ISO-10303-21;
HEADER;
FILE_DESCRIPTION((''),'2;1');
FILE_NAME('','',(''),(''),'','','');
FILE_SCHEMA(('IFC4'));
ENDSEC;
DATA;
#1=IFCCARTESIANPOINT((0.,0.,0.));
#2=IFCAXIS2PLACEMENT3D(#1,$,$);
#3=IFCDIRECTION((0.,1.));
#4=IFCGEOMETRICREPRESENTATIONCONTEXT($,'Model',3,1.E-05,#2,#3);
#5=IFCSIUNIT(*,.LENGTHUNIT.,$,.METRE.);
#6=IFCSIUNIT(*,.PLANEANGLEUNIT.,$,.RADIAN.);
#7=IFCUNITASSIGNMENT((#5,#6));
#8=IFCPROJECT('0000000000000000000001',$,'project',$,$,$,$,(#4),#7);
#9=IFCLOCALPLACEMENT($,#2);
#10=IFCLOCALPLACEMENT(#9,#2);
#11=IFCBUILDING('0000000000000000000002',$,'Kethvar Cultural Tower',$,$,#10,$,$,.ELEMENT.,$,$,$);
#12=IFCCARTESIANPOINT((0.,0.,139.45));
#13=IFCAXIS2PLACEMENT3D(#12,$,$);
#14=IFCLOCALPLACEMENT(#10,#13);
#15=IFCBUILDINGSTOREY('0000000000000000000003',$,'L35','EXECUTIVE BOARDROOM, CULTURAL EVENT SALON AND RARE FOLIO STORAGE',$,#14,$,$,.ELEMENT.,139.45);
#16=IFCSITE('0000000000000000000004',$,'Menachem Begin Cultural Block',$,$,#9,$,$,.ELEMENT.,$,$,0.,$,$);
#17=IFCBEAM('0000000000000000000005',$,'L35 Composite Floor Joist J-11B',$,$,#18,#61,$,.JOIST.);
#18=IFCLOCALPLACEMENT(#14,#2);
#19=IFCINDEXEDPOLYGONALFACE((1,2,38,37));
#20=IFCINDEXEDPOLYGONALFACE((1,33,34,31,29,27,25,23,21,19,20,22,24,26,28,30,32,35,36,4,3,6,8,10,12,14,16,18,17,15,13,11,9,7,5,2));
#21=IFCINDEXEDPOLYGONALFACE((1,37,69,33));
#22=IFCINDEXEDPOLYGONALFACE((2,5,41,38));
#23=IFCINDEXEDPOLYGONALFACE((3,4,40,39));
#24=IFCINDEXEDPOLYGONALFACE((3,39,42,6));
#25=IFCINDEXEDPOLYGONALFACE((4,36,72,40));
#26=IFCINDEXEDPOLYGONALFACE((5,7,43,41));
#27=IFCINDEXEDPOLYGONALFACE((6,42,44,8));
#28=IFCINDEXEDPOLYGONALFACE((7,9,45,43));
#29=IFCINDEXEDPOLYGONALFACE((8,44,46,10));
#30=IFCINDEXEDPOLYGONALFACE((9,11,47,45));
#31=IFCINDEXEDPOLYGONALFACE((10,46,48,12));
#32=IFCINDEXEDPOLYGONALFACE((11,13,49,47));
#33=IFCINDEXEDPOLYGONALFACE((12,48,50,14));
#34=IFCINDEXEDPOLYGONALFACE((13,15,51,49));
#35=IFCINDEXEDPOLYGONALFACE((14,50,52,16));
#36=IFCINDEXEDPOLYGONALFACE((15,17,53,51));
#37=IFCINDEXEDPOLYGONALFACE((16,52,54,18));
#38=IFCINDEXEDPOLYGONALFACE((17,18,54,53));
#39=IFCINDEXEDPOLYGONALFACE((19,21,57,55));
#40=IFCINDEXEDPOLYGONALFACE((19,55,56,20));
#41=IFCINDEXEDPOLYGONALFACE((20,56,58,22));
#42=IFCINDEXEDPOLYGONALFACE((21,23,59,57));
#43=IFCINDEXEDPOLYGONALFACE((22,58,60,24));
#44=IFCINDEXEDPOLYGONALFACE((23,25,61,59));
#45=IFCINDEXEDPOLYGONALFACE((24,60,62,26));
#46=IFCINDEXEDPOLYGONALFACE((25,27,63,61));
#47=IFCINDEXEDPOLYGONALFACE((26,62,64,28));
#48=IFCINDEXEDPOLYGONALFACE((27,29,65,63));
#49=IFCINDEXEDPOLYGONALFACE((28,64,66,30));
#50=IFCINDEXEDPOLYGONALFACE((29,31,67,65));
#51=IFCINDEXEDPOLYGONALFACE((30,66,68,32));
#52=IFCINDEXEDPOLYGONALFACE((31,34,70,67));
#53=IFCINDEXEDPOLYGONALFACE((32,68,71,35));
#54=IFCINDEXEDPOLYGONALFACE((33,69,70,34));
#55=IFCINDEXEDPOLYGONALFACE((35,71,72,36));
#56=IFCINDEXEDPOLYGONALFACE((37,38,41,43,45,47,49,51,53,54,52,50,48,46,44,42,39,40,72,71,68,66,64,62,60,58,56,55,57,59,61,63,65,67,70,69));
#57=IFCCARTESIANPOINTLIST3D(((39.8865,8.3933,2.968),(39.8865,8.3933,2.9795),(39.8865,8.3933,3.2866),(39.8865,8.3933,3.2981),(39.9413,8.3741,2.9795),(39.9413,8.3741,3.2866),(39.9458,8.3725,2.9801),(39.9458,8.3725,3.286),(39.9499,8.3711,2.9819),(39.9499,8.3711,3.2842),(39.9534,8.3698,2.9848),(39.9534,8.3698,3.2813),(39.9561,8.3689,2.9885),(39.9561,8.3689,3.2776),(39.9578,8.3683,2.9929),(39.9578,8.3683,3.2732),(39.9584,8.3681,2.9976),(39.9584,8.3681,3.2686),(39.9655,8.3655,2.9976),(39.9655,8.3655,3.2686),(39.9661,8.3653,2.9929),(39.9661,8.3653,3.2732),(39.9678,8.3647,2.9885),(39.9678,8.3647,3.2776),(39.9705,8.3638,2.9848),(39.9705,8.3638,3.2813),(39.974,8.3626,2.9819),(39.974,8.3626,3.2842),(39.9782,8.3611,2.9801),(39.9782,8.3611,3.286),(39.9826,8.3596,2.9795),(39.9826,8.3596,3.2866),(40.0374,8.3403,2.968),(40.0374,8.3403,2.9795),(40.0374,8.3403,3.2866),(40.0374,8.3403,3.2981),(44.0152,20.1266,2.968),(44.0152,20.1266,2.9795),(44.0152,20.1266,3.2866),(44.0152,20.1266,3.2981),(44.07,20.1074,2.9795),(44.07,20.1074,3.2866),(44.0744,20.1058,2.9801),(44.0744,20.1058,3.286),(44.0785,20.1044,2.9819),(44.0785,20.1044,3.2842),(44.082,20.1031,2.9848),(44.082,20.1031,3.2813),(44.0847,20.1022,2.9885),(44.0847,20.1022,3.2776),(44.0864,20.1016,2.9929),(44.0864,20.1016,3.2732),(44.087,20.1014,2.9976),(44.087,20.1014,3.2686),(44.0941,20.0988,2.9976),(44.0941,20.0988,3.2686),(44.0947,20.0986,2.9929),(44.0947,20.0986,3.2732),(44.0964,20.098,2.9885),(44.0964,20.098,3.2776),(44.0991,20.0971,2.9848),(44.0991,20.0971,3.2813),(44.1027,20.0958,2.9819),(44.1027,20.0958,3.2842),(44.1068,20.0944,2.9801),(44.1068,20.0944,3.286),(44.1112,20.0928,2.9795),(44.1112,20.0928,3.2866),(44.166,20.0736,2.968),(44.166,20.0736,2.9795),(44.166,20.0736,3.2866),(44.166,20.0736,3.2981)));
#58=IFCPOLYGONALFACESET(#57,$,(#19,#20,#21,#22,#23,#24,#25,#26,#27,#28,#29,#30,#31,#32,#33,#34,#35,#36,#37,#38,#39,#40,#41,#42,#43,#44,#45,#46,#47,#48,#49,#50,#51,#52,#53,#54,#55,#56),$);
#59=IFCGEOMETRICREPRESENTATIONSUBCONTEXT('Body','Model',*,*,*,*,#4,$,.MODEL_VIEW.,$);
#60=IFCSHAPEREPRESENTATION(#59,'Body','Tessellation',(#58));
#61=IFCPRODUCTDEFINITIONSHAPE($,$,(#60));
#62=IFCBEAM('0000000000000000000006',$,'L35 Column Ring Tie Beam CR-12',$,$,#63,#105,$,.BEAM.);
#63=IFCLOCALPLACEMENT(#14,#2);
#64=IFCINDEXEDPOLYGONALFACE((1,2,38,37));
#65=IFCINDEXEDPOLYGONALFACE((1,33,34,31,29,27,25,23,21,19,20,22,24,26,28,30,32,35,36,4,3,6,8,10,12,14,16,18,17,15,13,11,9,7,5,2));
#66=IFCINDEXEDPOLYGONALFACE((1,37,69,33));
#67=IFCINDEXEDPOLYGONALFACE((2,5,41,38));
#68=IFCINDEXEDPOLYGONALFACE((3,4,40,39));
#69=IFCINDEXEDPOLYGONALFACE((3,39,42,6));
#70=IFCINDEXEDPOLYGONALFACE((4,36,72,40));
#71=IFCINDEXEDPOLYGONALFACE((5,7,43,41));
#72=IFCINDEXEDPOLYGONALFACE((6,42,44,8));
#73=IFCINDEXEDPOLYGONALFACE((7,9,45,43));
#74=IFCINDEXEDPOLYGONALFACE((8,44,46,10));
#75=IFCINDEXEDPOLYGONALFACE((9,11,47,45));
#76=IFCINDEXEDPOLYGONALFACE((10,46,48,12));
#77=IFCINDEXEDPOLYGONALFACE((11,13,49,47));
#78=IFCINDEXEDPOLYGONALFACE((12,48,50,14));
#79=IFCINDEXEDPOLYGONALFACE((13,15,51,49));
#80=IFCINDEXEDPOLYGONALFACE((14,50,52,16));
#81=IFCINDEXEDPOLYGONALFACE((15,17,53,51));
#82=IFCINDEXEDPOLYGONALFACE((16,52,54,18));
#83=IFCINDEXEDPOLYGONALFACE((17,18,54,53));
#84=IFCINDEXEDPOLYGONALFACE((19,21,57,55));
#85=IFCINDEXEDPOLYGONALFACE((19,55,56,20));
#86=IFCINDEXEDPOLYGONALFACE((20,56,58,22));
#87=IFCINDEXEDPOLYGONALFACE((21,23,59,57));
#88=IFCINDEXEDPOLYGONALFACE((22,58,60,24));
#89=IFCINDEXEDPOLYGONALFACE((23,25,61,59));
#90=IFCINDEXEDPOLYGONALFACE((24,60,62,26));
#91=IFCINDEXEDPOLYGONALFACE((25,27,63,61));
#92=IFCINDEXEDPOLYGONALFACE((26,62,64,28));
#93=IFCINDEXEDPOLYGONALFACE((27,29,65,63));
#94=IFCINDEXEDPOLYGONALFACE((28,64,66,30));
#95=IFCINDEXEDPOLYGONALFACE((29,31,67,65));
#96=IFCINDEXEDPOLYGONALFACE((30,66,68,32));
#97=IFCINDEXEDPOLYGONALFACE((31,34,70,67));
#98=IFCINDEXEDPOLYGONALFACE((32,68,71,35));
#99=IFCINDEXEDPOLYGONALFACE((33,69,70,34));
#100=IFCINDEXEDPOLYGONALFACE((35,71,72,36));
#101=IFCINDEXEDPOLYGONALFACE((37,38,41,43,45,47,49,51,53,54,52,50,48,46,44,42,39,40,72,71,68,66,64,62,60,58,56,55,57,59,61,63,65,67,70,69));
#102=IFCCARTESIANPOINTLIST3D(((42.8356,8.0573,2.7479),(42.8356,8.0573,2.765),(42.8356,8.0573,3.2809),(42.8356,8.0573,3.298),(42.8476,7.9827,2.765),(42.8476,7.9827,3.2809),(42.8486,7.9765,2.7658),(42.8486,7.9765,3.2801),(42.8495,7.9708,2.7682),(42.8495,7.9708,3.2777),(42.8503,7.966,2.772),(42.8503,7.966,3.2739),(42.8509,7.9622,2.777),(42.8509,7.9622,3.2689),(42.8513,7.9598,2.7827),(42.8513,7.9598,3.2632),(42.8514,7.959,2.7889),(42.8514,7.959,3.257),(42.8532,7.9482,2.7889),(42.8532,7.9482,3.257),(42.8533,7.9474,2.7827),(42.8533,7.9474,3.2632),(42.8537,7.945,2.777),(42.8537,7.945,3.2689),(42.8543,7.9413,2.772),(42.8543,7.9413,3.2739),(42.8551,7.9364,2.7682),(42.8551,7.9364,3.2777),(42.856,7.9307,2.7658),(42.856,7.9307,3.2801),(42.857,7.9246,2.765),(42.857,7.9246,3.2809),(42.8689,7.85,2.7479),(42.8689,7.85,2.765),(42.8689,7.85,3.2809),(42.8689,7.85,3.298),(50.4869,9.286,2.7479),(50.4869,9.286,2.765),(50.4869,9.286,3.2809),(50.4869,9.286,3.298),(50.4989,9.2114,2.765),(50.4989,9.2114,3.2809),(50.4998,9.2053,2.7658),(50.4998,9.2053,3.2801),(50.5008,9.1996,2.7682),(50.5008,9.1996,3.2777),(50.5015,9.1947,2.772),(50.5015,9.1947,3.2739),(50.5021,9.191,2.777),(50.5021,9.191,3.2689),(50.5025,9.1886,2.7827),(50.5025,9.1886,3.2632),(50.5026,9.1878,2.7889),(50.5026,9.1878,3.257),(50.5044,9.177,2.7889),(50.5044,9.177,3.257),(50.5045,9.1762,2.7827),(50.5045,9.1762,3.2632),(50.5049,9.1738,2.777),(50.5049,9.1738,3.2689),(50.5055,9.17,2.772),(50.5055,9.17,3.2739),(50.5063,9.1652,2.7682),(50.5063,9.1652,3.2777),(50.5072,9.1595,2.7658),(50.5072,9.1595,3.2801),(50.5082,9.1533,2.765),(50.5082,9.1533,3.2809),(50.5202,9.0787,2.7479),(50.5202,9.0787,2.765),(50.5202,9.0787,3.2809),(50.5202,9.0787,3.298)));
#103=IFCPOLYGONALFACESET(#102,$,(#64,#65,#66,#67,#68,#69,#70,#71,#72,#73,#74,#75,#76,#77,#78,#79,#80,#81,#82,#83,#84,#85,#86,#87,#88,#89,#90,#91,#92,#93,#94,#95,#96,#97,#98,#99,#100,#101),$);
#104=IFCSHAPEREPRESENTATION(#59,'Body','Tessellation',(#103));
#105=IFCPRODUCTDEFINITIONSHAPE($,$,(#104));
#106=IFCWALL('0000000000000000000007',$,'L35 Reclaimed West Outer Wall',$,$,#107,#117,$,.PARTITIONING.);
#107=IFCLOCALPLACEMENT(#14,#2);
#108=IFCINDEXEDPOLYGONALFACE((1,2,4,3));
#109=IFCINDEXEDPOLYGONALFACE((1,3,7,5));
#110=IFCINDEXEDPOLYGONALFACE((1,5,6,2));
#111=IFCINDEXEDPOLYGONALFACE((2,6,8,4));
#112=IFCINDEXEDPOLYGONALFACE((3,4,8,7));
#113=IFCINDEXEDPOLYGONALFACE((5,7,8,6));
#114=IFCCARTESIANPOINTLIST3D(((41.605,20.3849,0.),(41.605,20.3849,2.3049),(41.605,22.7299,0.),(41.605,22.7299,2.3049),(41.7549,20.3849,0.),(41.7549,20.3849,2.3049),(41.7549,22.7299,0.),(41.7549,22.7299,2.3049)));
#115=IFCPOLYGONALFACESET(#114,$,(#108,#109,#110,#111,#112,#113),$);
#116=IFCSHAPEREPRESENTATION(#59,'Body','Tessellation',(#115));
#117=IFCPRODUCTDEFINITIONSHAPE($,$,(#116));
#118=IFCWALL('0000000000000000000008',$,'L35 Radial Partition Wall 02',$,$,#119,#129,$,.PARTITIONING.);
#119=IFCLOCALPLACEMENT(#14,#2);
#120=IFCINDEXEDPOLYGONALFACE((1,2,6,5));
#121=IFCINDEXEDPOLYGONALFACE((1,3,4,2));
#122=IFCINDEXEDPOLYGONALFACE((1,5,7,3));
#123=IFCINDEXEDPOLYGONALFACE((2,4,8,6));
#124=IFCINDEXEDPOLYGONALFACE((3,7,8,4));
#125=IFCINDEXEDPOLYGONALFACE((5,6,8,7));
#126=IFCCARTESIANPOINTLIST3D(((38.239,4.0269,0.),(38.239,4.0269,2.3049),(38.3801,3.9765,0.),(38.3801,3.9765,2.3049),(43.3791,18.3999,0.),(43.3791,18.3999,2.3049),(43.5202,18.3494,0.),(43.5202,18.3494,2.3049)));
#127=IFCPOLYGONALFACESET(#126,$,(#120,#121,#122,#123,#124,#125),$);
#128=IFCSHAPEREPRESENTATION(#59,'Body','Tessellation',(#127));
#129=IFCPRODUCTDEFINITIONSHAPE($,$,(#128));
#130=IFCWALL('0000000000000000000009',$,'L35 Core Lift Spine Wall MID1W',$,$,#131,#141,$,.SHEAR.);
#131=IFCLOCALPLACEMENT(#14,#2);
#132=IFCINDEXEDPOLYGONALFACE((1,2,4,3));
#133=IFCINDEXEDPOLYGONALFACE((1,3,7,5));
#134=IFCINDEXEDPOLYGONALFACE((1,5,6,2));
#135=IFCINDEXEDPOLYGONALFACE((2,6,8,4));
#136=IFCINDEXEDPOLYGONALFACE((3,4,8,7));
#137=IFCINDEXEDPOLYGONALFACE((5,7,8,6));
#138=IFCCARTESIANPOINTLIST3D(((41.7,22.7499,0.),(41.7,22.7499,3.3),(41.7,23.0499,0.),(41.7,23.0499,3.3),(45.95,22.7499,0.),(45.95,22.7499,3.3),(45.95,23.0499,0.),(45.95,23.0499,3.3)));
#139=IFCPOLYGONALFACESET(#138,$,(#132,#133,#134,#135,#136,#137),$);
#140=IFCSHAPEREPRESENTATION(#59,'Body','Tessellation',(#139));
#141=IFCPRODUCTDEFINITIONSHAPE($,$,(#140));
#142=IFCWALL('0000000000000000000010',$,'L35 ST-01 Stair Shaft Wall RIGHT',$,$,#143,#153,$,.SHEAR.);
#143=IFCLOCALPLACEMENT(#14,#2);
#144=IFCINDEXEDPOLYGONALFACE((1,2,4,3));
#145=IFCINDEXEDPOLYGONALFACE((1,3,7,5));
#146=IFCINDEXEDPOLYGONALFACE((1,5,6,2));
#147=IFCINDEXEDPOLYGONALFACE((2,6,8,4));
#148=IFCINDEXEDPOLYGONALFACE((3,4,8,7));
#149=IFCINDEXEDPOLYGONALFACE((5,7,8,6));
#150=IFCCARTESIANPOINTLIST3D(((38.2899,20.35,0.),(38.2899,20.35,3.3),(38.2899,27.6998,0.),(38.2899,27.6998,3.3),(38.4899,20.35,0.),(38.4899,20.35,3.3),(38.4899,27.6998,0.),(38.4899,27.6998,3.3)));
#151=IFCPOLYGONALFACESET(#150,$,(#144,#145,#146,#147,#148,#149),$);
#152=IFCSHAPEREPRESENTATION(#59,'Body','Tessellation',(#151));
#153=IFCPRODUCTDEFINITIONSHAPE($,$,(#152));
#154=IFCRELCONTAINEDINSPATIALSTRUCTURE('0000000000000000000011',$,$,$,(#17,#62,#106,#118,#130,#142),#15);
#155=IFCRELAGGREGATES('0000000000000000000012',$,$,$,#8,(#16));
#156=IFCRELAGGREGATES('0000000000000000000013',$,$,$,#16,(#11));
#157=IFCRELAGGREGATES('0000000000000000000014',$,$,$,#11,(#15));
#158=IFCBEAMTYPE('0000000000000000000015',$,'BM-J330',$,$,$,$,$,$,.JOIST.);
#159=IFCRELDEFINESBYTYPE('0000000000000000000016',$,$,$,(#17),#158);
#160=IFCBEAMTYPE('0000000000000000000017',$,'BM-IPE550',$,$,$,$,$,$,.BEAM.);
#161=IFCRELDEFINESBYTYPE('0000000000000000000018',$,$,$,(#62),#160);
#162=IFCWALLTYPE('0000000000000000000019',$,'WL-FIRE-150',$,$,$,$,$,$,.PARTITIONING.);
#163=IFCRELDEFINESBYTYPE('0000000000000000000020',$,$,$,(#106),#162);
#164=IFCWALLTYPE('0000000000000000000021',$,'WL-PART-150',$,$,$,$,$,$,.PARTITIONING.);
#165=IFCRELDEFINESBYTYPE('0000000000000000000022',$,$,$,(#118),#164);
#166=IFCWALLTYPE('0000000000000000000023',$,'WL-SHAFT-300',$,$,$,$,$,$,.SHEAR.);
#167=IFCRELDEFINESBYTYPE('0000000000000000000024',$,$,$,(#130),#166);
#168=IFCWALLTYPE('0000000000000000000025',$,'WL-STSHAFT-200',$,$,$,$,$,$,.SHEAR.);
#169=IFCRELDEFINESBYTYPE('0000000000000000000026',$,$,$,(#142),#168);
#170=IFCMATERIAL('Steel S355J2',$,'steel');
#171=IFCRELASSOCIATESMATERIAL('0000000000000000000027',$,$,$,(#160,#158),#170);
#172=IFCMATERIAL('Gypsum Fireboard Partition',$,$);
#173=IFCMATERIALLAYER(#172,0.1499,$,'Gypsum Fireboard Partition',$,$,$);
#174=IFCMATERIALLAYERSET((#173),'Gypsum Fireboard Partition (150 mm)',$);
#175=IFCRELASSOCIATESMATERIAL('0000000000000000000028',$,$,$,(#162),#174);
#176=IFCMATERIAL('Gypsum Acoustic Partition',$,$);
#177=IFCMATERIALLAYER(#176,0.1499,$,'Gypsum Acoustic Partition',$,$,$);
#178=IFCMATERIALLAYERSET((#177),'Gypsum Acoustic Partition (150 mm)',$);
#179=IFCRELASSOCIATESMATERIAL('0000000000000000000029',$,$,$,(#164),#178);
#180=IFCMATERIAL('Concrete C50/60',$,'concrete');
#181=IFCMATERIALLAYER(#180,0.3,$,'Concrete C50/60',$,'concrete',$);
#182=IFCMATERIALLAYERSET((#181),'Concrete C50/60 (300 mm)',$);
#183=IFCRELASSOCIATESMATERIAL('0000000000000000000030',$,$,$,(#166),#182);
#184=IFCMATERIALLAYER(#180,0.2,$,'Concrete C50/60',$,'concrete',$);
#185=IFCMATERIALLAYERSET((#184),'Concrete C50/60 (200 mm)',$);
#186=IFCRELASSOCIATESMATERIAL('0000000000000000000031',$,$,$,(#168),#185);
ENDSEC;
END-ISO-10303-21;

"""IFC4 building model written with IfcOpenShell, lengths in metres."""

from ifc_helpers import new_model, si_unit, direction, frame, frame_2d, origin, origin_2d, place, context, subcontext, project, spatial, rectangle, i_section, extrude, source, transform, mapped, material, layer, layer_set, material_profile, profile_set, type_object, element, save


model = new_model("IFC4")

# Units and contexts
model_context = context("Model", 3, precision=1e-05, world=origin(), true_north=direction((0.0, 1.0)))
body_context = subcontext(model_context, "Body", "Model", "MODEL_VIEW")
ifc_project = project(units=[si_unit("LENGTHUNIT", "METRE"), si_unit("PLANEANGLEUNIT", "RADIAN")], contexts=[model_context])

# Site, building, storey
site_placement = place(None, origin())
site = spatial("IfcSite", under=ifc_project, at=site_placement, Name="Menachem Begin Cultural Block", CompositionType="ELEMENT", RefElevation=0.0)
building_placement = place(site_placement, origin())
building = spatial("IfcBuilding", under=site, at=building_placement, Name="Kethvar Cultural Tower", CompositionType="ELEMENT")
storey_placement = place(building_placement, frame((0.0, 0.0, 139.45)))
storey = spatial("IfcBuildingStorey", under=building, at=storey_placement, Name="L35", Description="EXECUTIVE BOARDROOM, CULTURAL EVENT SALON AND RARE FOLIO STORAGE", CompositionType="ELEMENT", Elevation=139.45)

# Beams
ifc_material_1 = material(Name="Steel S355J2", Category="steel")
ifc_material_profile_1 = material_profile(ifc_material_1, i_section(OverallWidth=0.21, OverallDepth=0.55, WebThickness=0.011, FlangeThickness=0.0171, FilletRadius=0.0239, at=origin_2d()), Name="Steel S355J2 — IPE550")
ifc_profile_set_1 = profile_set([ifc_material_profile_1], Name="Steel S355J2 — IPE550")
beam_type_1 = type_object("IfcBeamType", Name="BM-IPE550", PredefinedType="BEAM", material=ifc_profile_set_1)
ifc_material_profile_2 = material_profile(ifc_material_1, i_section(OverallWidth=0.1599, OverallDepth=0.3301, WebThickness=0.0076, FlangeThickness=0.0115, FilletRadius=0.0181, at=origin_2d()), Name="Steel S355J2 — IPE330")
ifc_profile_set_2 = profile_set([ifc_material_profile_2], Name="Steel S355J2 — IPE330")
beam_type_2 = type_object("IfcBeamType", Name="BM-J330", PredefinedType="JOIST", material=ifc_profile_set_2)
shared_shape_1 = source(origin(), body_context, "Body", "SweptSolid", [
    extrude(i_section(OverallWidth=0.1599, OverallDepth=0.3301, WebThickness=0.0076, FlangeThickness=0.0115, FilletRadius=0.0181, at=origin_2d()), origin(), (0.0, 0.0, 1.0), 12.4385),
])
beam_1_placement = place(storey_placement, frame((44.0906, 20.1001, 3.1331), z_axis=(-0.331924, -0.943306, 0.0), x_axis=(0.943306, -0.331924, 0.0)))
element("IfcBeam", 1, at=beam_1_placement, inside=storey, type_object=beam_type_2, Name="L35 Composite Floor Joist J-11B", PredefinedType="JOIST", context=body_context, shape_type="MappedRepresentation", body=[
    mapped(shared_shape_1, transform((0.0, 0.0, 0.0), scale=1.0)),
])
shared_shape_2 = source(origin(), body_context, "Body", "SweptSolid", [
    extrude(i_section(OverallWidth=0.21, OverallDepth=0.55, WebThickness=0.011, FlangeThickness=0.0171, FilletRadius=0.0239, at=origin_2d()), origin(), (0.0, 0.0, 1.0), 7.7493),
])
beam_2_placement = place(storey_placement, frame((42.8523, 7.9536, 3.0229), z_axis=(0.987348, 0.158567, 0.0), x_axis=(-0.158567, 0.987348, 0.0)))
element("IfcBeam", 2, at=beam_2_placement, inside=storey, type_object=beam_type_1, Name="L35 Column Ring Tie Beam CR-12", PredefinedType="BEAM", context=body_context, shape_type="MappedRepresentation", body=[
    mapped(shared_shape_2, transform((0.0, 0.0, 0.0), scale=1.0)),
])

# Walls
ifc_material_2 = material(Name="Gypsum Fireboard Partition")
ifc_layer_1 = layer(ifc_material_2, 0.1499, Name="Gypsum Fireboard Partition")
ifc_layer_set_1 = layer_set([ifc_layer_1], Name="Gypsum Fireboard Partition (150 mm)")
wall_type_1 = type_object("IfcWallType", Name="WL-FIRE-150", PredefinedType="PARTITIONING", material=ifc_layer_set_1)
wall_1_placement = place(storey_placement, frame((41.6799, 20.385, 0.0), z_axis=(0.0, 0.0, 1.0), x_axis=(0.0, 1.0, 0.0)))
element("IfcWall", 3, at=wall_1_placement, inside=storey, type_object=wall_type_1, Name="L35 Reclaimed West Outer Wall", PredefinedType="PARTITIONING", context=body_context, shape_type="SweptSolid", body=[
    extrude(rectangle(XDim=2.345, YDim=0.1499, at=frame_2d((1.1724, 0.0))), origin(), (0.0, 0.0, 1.0), 2.3049),
])
ifc_material_3 = material(Name="Gypsum Acoustic Partition")
ifc_layer_2 = layer(ifc_material_3, 0.1499, Name="Gypsum Acoustic Partition")
ifc_layer_set_2 = layer_set([ifc_layer_2], Name="Gypsum Acoustic Partition (150 mm)")
wall_type_2 = type_object("IfcWallType", Name="WL-PART-150", PredefinedType="PARTITIONING", material=ifc_layer_set_2)
wall_2_placement = place(storey_placement, frame((43.4497, 18.3748, 0.0), z_axis=(0.0, 0.0, 1.0), x_axis=(-0.336738, -0.941599, 0.0)))
element("IfcWall", 4, at=wall_2_placement, inside=storey, type_object=wall_type_2, Name="L35 Radial Partition Wall 02", PredefinedType="PARTITIONING", context=body_context, shape_type="SweptSolid", body=[
    extrude(rectangle(XDim=15.2644, YDim=0.1499, at=frame_2d((7.6323, 0.0))), origin(), (0.0, 0.0, 1.0), 2.3049),
])
ifc_material_4 = material(Name="Concrete C50/60", Category="concrete")
ifc_layer_3 = layer(ifc_material_4, 0.3, Name="Concrete C50/60", Category="concrete")
ifc_layer_set_3 = layer_set([ifc_layer_3], Name="Concrete C50/60 (300 mm)")
wall_type_3 = type_object("IfcWallType", Name="WL-SHAFT-300", PredefinedType="SHEAR", material=ifc_layer_set_3)
wall_3_placement = place(storey_placement, frame((41.7, 22.8999, 0.0), z_axis=(0.0, 0.0, 1.0), x_axis=(1.0, 0.0, 0.0)))
element("IfcWall", 5, at=wall_3_placement, inside=storey, type_object=wall_type_3, Name="L35 Core Lift Spine Wall MID1W", PredefinedType="SHEAR", context=body_context, shape_type="SweptSolid", body=[
    extrude(rectangle(XDim=4.25, YDim=0.3, at=frame_2d((2.125, 0.0))), origin(), (0.0, 0.0, 1.0), 3.3),
])
ifc_layer_4 = layer(ifc_material_4, 0.2, Name="Concrete C50/60", Category="concrete")
ifc_layer_set_4 = layer_set([ifc_layer_4], Name="Concrete C50/60 (200 mm)")
wall_type_4 = type_object("IfcWallType", Name="WL-STSHAFT-200", PredefinedType="SHEAR", material=ifc_layer_set_4)
wall_4_placement = place(storey_placement, frame((38.3899, 20.3501, 0.0), z_axis=(0.0, 0.0, 1.0), x_axis=(0.0, 1.0, 0.0)))
element("IfcWall", 6, at=wall_4_placement, inside=storey, type_object=wall_type_4, Name="L35 ST-01 Stair Shaft Wall RIGHT", PredefinedType="SHEAR", context=body_context, shape_type="SweptSolid", body=[
    extrude(rectangle(XDim=7.3499, YDim=0.2, at=frame_2d((3.6748, 0.0))), origin(), (0.0, 0.0, 1.0), 3.3),
])

save(model, "model.ifc")
